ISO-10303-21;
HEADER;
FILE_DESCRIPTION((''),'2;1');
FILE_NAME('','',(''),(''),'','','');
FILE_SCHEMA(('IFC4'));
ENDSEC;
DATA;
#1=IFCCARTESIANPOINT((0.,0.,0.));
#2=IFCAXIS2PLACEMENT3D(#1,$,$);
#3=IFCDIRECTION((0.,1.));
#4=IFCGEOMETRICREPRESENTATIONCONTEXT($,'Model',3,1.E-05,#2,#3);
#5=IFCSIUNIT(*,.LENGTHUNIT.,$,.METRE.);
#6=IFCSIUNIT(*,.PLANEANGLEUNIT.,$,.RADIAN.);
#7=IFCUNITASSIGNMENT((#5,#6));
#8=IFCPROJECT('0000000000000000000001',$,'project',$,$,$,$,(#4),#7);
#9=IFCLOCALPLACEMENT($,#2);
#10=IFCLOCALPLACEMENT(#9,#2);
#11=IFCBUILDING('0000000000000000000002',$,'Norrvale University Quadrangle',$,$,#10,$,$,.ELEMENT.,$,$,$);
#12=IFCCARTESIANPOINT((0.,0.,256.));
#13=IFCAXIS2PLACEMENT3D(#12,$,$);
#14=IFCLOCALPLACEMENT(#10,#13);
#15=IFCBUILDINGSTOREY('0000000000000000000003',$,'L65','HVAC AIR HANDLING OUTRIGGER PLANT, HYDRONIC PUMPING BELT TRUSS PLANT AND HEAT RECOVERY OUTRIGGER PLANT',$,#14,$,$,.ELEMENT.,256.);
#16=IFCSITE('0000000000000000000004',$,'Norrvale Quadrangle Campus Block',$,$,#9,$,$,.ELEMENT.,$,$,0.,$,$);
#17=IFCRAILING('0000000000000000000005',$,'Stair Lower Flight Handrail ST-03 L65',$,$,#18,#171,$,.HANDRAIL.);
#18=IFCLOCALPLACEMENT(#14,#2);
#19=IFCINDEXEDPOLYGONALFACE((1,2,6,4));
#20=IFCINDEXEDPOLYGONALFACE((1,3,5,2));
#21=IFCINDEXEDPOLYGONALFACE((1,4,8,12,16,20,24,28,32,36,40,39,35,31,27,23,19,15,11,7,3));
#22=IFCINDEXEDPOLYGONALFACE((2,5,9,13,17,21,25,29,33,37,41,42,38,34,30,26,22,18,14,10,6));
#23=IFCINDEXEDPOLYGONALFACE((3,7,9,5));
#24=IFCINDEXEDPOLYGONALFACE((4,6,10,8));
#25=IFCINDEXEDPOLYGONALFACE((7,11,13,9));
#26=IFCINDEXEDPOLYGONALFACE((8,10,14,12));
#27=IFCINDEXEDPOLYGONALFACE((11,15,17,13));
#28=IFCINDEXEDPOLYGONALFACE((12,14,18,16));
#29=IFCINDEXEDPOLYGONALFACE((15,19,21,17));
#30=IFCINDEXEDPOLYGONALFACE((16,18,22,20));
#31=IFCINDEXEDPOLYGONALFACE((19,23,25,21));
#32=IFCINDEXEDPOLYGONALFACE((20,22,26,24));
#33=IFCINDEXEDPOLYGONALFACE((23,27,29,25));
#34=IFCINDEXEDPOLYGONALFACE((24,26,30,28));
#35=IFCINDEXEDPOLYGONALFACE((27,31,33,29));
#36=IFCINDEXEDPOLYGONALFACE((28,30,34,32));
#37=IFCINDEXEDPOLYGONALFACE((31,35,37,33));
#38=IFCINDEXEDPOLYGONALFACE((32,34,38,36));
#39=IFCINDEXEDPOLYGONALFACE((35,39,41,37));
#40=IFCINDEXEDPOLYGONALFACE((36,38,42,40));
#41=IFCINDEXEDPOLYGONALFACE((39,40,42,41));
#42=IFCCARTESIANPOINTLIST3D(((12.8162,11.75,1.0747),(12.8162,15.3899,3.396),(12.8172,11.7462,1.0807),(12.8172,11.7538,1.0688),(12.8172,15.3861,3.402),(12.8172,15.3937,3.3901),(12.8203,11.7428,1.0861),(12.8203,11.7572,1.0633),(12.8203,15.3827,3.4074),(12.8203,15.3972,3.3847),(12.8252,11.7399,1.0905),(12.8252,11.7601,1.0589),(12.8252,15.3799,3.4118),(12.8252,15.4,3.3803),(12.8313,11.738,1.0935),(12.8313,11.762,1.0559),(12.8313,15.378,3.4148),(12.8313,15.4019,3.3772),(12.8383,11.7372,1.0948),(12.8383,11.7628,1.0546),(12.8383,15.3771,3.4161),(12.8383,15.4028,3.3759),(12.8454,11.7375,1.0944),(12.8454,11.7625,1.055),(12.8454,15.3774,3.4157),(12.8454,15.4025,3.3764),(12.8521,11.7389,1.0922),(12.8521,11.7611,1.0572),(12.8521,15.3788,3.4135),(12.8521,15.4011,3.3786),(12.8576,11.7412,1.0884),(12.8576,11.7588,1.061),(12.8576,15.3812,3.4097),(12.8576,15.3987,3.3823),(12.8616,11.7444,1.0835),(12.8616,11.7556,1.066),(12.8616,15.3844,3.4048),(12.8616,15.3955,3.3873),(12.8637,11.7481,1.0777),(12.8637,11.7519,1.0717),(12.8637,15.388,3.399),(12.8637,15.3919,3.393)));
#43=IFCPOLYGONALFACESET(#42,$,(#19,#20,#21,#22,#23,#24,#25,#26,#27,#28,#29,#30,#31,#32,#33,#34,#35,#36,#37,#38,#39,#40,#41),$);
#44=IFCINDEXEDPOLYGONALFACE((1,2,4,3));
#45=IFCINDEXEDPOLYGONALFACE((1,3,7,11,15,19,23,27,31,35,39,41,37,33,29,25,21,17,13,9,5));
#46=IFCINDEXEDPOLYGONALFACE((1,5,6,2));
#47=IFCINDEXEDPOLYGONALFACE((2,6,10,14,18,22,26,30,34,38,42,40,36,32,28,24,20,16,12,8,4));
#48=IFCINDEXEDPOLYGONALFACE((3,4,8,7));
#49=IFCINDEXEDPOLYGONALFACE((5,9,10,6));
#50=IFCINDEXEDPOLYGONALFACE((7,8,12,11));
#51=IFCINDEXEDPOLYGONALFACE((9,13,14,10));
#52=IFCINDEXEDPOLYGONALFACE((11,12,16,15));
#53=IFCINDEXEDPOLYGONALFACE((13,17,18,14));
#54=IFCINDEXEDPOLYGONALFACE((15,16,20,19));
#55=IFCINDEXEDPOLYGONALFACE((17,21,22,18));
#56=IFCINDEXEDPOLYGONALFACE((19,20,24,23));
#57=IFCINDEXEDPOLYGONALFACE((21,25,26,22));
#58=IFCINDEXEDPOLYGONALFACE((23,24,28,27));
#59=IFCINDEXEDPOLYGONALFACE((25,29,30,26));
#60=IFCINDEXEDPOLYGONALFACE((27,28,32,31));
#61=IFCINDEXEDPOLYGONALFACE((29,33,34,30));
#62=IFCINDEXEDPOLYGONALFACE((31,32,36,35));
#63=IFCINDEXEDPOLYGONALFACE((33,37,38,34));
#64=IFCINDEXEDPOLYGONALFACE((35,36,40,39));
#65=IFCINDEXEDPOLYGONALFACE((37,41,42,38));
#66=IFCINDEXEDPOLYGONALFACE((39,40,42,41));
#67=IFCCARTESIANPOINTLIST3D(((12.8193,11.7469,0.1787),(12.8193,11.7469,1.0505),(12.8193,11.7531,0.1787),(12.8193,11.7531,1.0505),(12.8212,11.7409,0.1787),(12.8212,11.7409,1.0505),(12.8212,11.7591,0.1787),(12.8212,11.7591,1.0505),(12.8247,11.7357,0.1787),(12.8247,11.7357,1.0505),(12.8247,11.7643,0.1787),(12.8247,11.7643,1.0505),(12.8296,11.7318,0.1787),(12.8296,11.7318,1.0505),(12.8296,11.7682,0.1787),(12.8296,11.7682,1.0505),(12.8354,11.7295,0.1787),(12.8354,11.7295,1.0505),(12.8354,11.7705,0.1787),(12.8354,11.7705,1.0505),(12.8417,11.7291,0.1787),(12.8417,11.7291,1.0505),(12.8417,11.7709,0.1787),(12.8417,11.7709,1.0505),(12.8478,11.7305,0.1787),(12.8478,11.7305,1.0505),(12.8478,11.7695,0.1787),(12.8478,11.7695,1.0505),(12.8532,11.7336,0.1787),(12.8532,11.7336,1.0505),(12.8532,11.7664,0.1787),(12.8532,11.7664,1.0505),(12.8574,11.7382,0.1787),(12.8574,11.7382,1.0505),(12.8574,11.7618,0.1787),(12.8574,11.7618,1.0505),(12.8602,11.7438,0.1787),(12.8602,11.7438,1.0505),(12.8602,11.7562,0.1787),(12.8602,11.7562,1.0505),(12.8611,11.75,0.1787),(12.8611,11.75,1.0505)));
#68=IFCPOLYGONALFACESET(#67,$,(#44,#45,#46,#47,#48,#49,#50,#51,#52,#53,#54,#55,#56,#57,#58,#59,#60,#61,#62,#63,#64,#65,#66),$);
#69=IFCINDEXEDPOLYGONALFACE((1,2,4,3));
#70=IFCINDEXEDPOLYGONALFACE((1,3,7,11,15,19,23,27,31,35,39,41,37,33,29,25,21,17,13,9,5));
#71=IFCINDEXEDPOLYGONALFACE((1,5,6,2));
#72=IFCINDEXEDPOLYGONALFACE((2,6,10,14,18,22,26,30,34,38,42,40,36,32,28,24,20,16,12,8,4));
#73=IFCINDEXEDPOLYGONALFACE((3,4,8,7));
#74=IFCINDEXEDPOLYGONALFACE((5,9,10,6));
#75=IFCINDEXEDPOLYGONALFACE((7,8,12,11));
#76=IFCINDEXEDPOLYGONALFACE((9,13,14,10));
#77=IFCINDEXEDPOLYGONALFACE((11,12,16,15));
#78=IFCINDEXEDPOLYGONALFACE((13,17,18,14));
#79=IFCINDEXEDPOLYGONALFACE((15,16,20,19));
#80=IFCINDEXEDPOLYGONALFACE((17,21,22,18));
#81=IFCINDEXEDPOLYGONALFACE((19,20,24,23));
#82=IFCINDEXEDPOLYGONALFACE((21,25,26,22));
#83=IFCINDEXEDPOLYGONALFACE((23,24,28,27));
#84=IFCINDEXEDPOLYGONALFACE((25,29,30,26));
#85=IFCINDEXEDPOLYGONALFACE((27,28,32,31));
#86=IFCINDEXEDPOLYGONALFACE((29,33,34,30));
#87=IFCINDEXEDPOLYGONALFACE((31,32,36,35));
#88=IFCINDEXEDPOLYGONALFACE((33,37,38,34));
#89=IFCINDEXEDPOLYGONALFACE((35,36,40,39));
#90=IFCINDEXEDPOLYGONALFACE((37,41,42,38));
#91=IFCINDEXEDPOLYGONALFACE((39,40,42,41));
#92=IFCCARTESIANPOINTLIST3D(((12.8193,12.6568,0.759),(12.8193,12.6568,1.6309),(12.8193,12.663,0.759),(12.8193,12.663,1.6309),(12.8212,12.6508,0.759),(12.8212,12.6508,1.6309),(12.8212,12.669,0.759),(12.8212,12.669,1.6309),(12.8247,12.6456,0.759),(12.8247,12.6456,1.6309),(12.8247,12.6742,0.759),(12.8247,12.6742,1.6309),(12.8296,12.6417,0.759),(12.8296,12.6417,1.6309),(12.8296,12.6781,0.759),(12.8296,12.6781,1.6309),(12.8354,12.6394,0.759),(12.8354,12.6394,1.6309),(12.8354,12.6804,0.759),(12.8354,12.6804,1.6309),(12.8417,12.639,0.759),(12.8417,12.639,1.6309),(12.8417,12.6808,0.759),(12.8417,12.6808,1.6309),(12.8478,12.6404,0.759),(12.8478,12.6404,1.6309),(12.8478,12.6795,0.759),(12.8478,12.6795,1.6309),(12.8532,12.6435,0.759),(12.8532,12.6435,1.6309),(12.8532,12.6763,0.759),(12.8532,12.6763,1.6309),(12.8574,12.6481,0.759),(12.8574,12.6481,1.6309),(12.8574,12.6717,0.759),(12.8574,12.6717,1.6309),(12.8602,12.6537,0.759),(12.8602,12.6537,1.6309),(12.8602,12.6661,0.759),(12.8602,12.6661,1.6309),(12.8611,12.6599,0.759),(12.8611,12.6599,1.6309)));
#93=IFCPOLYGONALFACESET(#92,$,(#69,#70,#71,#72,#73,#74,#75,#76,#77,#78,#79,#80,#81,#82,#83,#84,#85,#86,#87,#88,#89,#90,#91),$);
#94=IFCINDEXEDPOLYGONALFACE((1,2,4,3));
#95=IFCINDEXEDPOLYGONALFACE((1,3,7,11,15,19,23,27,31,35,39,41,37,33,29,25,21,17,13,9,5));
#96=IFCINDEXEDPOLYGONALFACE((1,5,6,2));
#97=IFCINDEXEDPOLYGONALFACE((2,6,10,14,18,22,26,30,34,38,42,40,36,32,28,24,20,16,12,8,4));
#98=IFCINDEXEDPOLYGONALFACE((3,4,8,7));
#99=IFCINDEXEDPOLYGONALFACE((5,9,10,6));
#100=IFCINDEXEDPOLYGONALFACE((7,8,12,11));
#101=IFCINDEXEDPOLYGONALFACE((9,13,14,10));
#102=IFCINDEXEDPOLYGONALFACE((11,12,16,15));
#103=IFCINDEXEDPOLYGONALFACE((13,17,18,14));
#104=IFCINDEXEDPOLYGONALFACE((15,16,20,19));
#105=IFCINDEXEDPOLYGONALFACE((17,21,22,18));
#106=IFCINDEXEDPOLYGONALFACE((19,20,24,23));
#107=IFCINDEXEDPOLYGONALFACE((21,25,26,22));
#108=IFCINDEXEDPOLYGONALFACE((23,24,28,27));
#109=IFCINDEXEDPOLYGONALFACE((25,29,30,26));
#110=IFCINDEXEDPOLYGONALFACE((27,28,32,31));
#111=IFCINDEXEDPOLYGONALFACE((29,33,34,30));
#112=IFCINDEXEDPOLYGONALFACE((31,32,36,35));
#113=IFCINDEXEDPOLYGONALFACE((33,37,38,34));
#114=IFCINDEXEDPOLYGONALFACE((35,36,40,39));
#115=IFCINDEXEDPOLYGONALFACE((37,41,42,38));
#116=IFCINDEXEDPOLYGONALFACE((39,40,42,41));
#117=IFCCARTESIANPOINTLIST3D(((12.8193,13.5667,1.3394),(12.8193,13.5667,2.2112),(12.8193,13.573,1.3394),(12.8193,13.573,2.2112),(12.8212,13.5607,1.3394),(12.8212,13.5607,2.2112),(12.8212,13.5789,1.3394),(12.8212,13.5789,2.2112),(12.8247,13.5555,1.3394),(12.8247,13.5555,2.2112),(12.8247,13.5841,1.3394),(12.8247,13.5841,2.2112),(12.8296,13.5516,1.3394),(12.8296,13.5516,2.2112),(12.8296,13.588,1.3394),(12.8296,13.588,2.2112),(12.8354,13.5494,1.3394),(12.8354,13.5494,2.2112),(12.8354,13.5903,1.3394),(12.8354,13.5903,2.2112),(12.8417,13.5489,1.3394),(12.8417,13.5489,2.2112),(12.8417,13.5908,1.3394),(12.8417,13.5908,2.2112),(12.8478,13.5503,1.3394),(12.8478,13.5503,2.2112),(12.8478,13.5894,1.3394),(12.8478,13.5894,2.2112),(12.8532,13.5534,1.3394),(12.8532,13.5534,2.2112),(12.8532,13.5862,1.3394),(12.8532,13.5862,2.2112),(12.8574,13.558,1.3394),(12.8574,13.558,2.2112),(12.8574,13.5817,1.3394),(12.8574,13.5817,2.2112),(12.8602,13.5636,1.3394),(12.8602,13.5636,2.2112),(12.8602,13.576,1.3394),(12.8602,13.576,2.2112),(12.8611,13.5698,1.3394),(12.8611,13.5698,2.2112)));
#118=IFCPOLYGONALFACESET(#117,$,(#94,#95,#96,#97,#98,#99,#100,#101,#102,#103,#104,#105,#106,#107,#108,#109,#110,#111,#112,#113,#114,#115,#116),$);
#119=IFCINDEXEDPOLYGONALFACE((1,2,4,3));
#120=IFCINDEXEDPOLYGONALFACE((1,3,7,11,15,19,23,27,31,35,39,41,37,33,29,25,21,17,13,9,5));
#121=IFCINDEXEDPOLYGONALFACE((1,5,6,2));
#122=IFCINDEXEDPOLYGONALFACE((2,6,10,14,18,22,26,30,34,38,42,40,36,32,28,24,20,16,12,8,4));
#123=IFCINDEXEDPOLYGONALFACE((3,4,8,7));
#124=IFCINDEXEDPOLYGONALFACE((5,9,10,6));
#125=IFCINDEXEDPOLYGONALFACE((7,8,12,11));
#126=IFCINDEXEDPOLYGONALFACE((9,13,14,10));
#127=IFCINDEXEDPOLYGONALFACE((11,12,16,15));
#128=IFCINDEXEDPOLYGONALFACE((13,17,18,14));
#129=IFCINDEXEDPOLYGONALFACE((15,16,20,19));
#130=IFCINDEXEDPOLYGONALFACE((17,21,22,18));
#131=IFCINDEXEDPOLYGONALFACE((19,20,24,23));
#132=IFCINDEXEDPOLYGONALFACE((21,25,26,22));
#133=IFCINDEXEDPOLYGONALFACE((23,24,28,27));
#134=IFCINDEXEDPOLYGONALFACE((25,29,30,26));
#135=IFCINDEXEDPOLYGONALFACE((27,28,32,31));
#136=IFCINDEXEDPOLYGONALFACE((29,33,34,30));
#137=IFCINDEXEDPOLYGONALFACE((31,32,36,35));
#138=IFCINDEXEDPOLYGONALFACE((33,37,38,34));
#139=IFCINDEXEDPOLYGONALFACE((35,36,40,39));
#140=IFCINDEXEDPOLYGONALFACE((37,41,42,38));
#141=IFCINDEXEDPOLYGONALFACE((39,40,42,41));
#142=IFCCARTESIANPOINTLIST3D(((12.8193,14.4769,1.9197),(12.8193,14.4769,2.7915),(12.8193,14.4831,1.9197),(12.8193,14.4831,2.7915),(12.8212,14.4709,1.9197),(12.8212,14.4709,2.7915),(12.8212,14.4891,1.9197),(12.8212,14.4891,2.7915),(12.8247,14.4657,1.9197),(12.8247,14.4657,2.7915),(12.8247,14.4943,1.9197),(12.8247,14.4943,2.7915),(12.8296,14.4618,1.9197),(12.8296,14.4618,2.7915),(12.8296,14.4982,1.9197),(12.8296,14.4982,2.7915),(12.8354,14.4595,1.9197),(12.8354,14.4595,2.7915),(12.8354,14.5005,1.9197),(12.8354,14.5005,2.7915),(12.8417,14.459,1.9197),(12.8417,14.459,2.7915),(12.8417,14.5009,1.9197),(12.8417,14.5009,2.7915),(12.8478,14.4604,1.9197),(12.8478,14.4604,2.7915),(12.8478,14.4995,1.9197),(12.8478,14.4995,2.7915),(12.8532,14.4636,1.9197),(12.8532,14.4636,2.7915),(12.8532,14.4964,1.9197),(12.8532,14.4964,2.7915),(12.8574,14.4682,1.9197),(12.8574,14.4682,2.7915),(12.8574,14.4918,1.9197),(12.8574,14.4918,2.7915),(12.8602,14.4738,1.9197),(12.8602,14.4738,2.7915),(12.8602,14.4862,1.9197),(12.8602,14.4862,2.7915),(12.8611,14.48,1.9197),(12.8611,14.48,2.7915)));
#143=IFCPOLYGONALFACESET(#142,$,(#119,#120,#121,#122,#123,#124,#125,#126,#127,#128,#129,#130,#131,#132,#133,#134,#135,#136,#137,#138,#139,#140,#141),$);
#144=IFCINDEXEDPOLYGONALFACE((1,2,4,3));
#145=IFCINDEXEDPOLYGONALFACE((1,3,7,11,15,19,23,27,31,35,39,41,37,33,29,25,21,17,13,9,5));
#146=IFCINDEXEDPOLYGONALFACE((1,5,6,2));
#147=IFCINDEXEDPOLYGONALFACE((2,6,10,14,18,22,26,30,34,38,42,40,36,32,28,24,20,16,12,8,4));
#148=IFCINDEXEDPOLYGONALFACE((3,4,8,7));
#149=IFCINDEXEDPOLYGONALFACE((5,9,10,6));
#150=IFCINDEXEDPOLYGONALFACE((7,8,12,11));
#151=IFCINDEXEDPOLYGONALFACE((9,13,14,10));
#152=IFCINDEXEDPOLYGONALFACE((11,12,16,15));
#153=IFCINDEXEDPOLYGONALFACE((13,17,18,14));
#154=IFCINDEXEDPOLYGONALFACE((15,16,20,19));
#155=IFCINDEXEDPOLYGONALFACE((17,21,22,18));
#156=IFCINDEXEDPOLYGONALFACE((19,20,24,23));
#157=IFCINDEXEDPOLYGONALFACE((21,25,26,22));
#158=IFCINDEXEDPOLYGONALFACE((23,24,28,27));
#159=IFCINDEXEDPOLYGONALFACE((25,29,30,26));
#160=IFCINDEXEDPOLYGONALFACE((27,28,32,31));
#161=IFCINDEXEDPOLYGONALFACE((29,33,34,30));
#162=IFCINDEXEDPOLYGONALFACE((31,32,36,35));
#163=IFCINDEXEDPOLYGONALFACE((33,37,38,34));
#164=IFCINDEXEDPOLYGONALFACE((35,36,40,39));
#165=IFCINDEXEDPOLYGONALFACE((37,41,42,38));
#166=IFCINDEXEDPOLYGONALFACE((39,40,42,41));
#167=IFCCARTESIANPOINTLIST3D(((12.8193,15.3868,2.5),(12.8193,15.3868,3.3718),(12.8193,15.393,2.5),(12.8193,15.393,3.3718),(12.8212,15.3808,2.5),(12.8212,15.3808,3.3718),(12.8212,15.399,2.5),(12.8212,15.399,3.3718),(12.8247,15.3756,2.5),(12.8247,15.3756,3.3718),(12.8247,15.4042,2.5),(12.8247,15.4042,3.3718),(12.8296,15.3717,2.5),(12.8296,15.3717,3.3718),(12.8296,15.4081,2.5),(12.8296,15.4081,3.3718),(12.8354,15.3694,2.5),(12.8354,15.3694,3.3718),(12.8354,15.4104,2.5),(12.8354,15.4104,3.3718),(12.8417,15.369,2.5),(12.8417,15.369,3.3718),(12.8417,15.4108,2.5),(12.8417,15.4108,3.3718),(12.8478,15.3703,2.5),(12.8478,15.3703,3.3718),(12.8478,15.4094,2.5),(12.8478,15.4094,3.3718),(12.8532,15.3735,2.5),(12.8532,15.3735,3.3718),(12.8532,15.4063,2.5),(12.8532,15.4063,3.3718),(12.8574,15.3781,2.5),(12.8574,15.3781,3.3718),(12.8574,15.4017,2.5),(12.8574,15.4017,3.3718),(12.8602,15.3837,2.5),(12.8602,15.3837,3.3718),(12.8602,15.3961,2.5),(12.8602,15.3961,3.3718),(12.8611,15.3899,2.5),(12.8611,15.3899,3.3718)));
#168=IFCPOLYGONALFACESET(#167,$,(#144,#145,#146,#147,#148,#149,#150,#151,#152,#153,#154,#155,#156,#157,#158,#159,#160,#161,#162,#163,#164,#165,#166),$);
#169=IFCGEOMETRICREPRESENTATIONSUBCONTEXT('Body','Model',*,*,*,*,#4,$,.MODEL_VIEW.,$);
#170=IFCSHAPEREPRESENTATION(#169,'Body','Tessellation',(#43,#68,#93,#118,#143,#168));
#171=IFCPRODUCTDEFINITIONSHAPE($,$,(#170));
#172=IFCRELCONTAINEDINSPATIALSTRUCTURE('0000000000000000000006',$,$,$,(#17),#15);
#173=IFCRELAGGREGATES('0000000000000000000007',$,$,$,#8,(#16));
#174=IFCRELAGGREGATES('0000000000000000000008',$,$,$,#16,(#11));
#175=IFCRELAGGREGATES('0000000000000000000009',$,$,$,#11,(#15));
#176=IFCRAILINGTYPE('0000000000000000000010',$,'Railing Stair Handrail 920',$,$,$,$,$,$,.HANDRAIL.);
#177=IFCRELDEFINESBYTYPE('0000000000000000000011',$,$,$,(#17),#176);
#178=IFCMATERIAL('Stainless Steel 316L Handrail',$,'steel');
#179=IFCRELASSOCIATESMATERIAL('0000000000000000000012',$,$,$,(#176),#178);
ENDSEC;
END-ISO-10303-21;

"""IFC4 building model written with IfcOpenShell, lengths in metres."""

from ifc_helpers import new_model, si_unit, direction, frame, origin, origin_2d, place, context, subcontext, project, spatial, circle, extrude, material, type_object, element, save


model = new_model("IFC4")

# Units and contexts
model_context = context("Model", 3, precision=1e-05, world=origin(), true_north=direction((0.0, 1.0)))
body_context = subcontext(model_context, "Body", "Model", "MODEL_VIEW")
ifc_project = project(units=[si_unit("LENGTHUNIT", "METRE"), si_unit("PLANEANGLEUNIT", "RADIAN")], contexts=[model_context])

# Site, building, storey
site_placement = place(None, origin())
site = spatial("IfcSite", under=ifc_project, at=site_placement, Name="Norrvale Quadrangle Campus Block", CompositionType="ELEMENT", RefElevation=0.0)
building_placement = place(site_placement, origin())
building = spatial("IfcBuilding", under=site, at=building_placement, Name="Norrvale University Quadrangle", CompositionType="ELEMENT")
storey_placement = place(building_placement, frame((0.0, 0.0, 256.0)))
storey = spatial("IfcBuildingStorey", under=building, at=storey_placement, Name="L65", Description="HVAC AIR HANDLING OUTRIGGER PLANT, HYDRONIC PUMPING BELT TRUSS PLANT AND HEAT RECOVERY OUTRIGGER PLANT", CompositionType="ELEMENT", Elevation=256.0)

# Railing
ifc_material_1 = material(Name="Stainless Steel 316L Handrail", Category="steel")
railing_type_1 = type_object("IfcRailingType", Name="Railing Stair Handrail 920", PredefinedType="HANDRAIL", material=ifc_material_1)
railing_1_placement = place(storey_placement, frame((12.8401, 11.75, 0.1787)))
element("IfcRailing", 1, at=railing_1_placement, inside=storey, type_object=railing_type_1, Name="Stair Lower Flight Handrail ST-03 L65", PredefinedType="HANDRAIL", context=body_context, shape_type="SweptSolid", body=[
    extrude(circle(Radius=0.0239, at=origin_2d()), frame((0.0, 0.0, 0.896), z_axis=(0.0, 0.843137, 0.537699), x_axis=(-1.0, 0.0, 0.0)), (0.0, 0.0, 1.0), 4.3171),
    extrude(circle(Radius=0.021, at=origin_2d()), origin(), (0.0, 0.0, 1.0), 0.8718),
    extrude(circle(Radius=0.021, at=origin_2d()), frame((0.0, 0.9099, 0.5803)), (0.0, 0.0, 1.0), 0.8718),
    extrude(circle(Radius=0.021, at=origin_2d()), frame((0.0, 1.8198, 1.1606)), (0.0, 0.0, 1.0), 0.8718),
    extrude(circle(Radius=0.021, at=origin_2d()), frame((0.0, 2.73, 1.741)), (0.0, 0.0, 1.0), 0.8718),
    extrude(circle(Radius=0.021, at=origin_2d()), frame((0.0, 3.6399, 2.3213)), (0.0, 0.0, 1.0), 0.8718),
])

save(model, "model.ifc")
